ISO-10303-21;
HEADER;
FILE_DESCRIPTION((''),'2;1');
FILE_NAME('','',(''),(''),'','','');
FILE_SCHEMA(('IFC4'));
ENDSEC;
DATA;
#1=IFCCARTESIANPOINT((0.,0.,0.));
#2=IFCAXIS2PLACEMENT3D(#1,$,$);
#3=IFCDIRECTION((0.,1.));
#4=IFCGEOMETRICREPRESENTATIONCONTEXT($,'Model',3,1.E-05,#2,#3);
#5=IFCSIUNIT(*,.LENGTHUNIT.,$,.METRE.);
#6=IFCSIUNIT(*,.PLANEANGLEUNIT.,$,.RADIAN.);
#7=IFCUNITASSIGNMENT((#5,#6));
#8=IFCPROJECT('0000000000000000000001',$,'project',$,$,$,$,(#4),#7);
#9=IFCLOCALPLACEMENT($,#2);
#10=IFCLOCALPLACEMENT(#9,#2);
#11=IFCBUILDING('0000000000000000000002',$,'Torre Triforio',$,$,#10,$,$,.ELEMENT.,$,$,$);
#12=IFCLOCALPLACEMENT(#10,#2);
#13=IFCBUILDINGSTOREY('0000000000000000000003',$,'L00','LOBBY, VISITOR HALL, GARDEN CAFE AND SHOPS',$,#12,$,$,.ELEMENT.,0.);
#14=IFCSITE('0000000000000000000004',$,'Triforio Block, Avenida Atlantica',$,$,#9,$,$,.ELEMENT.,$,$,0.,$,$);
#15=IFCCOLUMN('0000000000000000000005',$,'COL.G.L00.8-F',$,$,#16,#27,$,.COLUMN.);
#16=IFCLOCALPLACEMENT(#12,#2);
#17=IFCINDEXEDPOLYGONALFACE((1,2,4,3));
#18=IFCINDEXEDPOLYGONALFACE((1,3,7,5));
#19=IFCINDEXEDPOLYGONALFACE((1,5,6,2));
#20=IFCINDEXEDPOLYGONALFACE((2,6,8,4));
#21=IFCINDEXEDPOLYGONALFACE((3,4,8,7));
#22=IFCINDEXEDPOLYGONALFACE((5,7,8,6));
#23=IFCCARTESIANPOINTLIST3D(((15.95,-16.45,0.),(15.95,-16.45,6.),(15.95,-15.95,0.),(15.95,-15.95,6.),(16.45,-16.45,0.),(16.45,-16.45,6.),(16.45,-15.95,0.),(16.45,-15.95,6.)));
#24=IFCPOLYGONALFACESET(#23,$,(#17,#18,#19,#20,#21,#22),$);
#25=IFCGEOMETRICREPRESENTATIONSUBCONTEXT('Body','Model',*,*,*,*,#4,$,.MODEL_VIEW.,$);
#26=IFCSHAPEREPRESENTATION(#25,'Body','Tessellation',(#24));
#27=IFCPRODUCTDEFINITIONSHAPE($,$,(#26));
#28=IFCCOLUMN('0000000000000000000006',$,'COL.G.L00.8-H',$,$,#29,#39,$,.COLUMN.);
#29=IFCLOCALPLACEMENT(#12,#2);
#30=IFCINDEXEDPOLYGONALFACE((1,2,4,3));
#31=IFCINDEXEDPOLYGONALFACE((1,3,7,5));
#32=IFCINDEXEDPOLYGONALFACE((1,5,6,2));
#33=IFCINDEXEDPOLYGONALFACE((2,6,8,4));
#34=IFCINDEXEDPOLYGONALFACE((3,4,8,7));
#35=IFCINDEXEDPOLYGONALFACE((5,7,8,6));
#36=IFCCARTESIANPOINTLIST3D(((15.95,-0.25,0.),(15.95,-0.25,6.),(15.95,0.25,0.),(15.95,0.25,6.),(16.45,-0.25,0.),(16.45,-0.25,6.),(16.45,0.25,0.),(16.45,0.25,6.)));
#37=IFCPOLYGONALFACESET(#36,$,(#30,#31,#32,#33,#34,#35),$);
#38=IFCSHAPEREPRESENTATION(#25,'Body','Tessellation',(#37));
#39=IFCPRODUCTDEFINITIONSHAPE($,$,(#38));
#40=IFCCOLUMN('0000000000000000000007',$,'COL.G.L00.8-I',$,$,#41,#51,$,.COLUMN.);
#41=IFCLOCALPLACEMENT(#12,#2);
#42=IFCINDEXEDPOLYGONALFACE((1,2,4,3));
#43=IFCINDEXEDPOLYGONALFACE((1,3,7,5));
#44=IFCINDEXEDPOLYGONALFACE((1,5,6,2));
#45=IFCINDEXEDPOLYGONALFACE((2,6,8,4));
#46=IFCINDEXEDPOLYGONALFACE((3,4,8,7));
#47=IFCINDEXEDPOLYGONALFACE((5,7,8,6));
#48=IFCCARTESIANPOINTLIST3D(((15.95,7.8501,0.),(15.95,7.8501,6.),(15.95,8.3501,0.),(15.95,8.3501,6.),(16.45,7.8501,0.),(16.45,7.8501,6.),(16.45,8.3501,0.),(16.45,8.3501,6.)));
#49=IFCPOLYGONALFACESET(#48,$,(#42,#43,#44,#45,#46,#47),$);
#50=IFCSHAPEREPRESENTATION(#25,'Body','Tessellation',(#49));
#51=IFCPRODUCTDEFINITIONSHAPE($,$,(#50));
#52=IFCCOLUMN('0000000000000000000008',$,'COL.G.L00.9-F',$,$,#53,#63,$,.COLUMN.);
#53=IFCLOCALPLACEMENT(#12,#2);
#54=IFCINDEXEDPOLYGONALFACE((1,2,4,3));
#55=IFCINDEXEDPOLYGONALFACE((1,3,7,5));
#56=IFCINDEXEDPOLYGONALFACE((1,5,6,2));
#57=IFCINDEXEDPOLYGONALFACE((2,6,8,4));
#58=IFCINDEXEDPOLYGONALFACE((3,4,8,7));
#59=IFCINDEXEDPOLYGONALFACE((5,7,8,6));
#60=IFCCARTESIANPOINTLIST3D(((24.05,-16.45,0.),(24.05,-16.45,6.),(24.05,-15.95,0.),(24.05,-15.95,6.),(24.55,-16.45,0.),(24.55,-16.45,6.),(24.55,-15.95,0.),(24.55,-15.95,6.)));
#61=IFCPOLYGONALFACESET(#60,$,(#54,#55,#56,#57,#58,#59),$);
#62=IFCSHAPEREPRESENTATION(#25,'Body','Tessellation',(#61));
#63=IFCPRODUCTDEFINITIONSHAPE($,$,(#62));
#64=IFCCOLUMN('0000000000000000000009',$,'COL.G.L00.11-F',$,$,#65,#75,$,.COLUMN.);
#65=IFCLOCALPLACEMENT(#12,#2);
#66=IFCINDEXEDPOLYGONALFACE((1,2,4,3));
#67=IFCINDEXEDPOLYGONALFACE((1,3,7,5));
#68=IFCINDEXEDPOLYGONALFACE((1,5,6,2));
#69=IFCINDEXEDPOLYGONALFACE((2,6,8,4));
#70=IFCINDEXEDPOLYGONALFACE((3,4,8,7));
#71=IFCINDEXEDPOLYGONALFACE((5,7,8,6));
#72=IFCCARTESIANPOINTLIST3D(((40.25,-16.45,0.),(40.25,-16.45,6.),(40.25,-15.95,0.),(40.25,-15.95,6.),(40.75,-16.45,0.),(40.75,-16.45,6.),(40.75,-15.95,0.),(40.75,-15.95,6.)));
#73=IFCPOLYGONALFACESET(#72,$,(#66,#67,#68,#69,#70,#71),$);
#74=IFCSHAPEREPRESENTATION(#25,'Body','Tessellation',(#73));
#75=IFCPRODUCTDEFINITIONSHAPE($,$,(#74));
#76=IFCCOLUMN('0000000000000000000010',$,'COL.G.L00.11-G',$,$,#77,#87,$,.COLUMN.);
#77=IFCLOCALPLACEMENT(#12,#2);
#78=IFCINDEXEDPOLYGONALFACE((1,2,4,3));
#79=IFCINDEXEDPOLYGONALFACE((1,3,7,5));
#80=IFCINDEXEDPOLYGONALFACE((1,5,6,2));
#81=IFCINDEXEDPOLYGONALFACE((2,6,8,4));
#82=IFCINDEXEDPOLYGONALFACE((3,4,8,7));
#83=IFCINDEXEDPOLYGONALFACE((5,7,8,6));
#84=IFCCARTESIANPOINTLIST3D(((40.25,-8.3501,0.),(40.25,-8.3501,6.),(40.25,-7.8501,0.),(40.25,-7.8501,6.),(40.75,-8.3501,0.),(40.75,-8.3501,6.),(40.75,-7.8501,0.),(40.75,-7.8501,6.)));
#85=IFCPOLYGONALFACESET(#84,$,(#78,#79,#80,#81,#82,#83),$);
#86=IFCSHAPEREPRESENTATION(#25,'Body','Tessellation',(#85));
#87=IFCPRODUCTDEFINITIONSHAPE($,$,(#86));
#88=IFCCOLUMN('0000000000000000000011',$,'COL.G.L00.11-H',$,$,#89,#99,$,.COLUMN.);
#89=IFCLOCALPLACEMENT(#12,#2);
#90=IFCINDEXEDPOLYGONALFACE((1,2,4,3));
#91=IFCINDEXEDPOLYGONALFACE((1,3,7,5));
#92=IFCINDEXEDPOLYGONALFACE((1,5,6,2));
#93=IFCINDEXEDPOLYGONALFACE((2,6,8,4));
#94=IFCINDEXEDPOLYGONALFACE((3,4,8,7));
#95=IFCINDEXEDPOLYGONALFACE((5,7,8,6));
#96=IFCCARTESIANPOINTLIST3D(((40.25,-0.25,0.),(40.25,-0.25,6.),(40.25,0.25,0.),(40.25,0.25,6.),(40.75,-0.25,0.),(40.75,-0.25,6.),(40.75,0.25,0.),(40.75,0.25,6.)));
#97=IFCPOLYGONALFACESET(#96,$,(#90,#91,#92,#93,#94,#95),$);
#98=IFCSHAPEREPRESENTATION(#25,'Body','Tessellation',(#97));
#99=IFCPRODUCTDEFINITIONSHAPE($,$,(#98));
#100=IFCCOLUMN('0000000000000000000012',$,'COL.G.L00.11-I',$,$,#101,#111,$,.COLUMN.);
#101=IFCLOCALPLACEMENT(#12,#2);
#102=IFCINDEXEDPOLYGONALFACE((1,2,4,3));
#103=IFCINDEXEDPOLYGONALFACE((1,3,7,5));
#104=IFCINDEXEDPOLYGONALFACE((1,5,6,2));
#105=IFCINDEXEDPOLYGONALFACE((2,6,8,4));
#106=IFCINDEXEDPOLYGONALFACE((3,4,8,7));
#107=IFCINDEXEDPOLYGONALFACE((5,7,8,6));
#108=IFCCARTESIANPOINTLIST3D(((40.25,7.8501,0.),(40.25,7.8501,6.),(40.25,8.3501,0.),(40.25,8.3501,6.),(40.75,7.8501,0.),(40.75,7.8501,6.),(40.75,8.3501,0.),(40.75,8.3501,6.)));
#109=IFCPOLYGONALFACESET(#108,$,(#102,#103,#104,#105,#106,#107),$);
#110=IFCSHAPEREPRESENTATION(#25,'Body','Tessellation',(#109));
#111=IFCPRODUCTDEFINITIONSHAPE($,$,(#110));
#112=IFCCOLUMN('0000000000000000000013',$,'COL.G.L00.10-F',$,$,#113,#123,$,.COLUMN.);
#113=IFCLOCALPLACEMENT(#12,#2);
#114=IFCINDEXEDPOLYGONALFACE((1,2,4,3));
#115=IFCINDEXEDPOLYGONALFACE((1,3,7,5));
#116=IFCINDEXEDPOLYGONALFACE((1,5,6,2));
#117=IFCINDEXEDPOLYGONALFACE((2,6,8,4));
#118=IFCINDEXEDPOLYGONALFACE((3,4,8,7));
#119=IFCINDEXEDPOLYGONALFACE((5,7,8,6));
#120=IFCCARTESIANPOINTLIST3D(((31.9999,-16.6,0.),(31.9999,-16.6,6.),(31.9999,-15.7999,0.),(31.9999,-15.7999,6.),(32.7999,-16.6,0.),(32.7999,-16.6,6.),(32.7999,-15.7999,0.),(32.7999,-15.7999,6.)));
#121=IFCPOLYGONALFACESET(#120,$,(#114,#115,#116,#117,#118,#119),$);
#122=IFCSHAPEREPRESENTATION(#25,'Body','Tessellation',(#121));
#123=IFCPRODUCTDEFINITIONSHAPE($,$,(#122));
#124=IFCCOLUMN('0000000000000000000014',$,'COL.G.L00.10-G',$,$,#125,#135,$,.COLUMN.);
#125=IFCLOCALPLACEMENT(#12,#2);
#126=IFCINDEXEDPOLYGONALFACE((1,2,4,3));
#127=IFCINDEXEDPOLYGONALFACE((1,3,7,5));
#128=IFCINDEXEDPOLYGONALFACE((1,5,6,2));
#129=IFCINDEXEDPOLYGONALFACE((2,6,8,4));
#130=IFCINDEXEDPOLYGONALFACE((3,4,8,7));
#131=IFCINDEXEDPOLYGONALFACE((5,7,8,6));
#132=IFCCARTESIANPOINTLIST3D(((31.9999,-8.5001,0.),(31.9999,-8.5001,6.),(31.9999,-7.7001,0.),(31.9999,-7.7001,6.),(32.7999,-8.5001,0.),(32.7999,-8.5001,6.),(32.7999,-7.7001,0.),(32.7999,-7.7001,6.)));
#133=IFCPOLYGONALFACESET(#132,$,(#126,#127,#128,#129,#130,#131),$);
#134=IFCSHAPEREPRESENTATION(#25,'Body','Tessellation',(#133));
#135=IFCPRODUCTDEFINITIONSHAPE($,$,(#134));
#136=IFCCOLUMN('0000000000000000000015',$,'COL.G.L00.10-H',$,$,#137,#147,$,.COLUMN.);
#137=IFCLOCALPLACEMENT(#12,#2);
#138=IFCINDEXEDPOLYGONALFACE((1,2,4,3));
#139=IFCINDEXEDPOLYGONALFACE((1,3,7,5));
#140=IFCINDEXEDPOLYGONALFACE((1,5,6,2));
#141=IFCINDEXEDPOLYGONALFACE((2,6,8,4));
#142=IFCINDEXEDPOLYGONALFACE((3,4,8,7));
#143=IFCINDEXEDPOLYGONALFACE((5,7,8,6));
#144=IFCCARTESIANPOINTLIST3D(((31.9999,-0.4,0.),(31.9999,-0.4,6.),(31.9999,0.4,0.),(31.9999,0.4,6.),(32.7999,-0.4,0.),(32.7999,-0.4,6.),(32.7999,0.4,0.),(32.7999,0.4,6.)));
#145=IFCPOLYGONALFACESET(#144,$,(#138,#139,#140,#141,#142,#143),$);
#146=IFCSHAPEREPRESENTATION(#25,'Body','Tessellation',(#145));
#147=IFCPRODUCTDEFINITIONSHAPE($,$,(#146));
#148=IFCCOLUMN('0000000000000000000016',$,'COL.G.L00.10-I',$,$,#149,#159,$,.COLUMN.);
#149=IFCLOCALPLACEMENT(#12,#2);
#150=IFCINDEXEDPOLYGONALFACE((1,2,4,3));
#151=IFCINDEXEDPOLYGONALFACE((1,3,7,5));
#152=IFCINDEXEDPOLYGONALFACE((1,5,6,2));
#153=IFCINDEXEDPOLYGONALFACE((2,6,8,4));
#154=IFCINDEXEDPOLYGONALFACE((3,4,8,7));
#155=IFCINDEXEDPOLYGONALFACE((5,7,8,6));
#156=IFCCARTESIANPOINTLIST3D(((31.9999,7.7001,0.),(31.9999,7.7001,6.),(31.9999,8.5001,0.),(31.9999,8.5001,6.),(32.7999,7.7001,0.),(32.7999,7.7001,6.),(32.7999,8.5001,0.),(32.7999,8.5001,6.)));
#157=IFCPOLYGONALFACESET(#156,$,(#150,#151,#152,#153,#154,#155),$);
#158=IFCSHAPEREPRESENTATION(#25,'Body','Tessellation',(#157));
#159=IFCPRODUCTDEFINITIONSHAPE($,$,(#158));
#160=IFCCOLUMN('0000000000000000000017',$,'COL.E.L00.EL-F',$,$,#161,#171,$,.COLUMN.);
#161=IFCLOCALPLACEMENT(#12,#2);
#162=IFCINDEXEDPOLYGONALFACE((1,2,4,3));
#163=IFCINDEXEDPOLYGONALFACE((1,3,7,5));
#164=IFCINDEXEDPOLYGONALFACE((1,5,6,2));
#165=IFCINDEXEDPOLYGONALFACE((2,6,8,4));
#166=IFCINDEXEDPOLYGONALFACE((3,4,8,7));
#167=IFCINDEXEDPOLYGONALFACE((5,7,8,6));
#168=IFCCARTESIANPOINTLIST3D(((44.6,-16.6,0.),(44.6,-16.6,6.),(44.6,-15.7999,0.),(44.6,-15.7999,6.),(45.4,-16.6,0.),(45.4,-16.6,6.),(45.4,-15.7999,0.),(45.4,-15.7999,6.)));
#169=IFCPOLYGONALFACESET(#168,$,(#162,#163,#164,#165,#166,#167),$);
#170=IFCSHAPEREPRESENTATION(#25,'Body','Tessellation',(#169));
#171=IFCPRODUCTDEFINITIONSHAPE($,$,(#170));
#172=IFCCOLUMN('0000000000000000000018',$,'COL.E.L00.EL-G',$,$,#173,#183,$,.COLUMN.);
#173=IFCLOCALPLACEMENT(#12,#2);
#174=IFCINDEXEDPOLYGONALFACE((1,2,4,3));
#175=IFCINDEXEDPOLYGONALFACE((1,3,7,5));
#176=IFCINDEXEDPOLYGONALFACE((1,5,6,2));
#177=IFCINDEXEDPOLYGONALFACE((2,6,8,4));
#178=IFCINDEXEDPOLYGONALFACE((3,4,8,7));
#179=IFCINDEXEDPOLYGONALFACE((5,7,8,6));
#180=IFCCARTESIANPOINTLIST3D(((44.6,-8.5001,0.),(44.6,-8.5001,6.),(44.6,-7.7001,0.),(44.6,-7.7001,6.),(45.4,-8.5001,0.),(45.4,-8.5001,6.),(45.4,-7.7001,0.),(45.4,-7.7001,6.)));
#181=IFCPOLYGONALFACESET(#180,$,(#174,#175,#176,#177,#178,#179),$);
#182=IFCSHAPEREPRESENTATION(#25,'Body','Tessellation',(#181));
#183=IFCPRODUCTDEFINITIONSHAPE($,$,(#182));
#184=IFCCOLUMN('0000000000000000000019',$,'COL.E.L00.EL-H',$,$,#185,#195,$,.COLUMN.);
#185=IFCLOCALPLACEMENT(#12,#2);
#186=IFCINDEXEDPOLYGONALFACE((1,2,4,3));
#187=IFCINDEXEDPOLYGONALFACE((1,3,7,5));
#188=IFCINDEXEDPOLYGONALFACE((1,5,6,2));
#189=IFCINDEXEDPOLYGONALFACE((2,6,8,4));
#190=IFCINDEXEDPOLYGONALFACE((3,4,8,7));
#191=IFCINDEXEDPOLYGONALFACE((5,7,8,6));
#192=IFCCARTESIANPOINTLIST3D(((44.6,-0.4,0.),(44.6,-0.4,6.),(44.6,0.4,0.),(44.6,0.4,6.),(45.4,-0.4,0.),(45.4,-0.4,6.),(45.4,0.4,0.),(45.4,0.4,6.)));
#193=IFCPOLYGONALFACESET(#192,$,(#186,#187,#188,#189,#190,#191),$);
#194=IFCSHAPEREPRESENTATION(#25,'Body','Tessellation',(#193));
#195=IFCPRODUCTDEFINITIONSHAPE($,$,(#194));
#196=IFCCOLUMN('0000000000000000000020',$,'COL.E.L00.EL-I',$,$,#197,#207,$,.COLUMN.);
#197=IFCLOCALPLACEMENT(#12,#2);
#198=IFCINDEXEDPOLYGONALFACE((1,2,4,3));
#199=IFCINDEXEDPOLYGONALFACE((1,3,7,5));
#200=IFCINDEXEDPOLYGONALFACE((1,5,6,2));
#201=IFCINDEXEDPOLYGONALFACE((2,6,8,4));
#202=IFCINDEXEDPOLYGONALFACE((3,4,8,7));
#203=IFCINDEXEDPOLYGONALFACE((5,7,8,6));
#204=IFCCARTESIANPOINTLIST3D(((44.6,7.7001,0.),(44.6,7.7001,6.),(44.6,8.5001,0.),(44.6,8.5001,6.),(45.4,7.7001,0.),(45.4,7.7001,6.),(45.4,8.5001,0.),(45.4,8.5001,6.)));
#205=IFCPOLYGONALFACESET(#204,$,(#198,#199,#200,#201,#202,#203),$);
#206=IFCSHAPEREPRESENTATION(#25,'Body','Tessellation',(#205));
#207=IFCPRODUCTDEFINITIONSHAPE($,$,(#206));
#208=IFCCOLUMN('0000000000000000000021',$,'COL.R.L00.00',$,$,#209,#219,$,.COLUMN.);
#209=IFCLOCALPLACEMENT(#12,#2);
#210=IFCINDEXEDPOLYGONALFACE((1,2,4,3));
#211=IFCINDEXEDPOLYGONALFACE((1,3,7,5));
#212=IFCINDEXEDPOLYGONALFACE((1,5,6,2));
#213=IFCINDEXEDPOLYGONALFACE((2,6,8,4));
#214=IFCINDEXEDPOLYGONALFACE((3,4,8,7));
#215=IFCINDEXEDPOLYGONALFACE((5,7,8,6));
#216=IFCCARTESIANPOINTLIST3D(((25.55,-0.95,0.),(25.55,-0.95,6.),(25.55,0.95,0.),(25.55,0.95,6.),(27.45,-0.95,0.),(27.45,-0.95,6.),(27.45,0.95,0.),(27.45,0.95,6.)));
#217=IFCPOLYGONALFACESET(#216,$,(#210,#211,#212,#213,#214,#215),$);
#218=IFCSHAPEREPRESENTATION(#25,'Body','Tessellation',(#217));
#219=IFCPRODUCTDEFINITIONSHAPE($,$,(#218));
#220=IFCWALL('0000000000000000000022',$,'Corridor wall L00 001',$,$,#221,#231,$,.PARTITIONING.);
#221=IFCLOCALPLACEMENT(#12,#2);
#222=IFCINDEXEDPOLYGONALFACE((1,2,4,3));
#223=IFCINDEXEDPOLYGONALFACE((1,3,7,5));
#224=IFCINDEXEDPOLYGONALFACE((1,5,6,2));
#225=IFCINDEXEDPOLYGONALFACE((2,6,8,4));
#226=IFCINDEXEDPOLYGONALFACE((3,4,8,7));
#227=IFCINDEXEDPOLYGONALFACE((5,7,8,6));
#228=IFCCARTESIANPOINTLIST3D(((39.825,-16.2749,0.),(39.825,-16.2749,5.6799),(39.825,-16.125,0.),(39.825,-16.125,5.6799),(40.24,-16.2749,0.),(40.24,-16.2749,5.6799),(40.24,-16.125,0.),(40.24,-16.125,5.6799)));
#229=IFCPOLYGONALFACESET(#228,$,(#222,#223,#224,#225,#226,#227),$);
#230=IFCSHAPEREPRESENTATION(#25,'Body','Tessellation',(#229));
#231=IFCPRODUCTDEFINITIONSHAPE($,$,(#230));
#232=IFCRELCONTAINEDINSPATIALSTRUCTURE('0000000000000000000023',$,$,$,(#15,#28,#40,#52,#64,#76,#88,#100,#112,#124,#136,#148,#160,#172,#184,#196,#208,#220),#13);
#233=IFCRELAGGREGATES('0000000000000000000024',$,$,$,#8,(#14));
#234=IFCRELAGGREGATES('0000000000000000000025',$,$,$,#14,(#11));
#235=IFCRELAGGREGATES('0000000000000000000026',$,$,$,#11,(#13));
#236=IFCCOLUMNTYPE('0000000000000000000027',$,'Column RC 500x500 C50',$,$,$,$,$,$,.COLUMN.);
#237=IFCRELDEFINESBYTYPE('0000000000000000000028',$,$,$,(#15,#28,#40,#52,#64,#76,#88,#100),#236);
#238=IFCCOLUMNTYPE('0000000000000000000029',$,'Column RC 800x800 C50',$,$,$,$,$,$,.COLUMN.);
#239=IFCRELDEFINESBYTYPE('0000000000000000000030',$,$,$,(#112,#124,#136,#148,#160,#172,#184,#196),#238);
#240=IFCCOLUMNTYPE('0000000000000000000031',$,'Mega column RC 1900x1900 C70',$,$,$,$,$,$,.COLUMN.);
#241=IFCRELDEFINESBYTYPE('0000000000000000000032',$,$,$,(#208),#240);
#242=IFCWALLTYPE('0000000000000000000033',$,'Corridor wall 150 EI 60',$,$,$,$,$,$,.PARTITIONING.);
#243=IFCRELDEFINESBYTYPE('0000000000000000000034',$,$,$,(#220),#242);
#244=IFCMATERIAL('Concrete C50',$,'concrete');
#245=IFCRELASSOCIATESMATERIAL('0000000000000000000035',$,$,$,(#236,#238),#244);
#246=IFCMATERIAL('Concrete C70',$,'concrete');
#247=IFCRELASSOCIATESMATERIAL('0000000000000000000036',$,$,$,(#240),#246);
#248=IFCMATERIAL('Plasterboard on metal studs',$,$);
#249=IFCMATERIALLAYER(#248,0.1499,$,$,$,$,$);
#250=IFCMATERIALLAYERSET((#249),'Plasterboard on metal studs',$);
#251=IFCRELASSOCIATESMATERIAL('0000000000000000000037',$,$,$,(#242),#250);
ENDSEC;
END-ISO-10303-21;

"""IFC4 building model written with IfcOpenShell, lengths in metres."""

from ifc_helpers import new_model, si_unit, direction, frame, frame_2d, origin, origin_2d, place, context, subcontext, project, spatial, rectangle, extrude, material, layer, layer_set, material_profile, profile_set, type_object, element, save


model = new_model("IFC4")

# Units and contexts
model_context = context("Model", 3, precision=1e-05, world=origin(), true_north=direction((0.0, 1.0)))
body_context = subcontext(model_context, "Body", "Model", "MODEL_VIEW")
ifc_project = project(units=[si_unit("LENGTHUNIT", "METRE"), si_unit("PLANEANGLEUNIT", "RADIAN")], contexts=[model_context])

# Site, building, storey
site_placement = place(None, origin())
site = spatial("IfcSite", under=ifc_project, at=site_placement, Name="Triforio Block, Avenida Atlantica", CompositionType="ELEMENT", RefElevation=0.0)
building_placement = place(site_placement, origin())
building = spatial("IfcBuilding", under=site, at=building_placement, Name="Torre Triforio", CompositionType="ELEMENT")
storey_placement = place(building_placement, origin())
storey = spatial("IfcBuildingStorey", under=building, at=storey_placement, Name="L00", Description="LOBBY, VISITOR HALL, GARDEN CAFE AND SHOPS", CompositionType="ELEMENT", Elevation=0.0)

# Columns
ifc_material_1 = material(Name="Concrete C50", Category="concrete")
ifc_material_profile_1 = material_profile(ifc_material_1, rectangle(XDim=0.5, YDim=0.5, at=origin_2d()), Name="RC 500x500")
ifc_profile_set_1 = profile_set([ifc_material_profile_1], Name="Concrete C50")
column_type_1 = type_object("IfcColumnType", Name="Column RC 500x500 C50", PredefinedType="COLUMN", material=ifc_profile_set_1)
for number, where, z_axis, x_axis, name in (
    (1, (16.2, -16.2, 0.0), (0.0, 0.0, 1.0), (1.0, 0.0, 0.0), "COL.G.L00.8-F"),
    (2, (16.2, 0.0, 0.0), (0.0, 0.0, 1.0), (1.0, 0.0, 0.0), "COL.G.L00.8-H"),
    (3, (16.2, 8.1001, 0.0), (0.0, 0.0, 1.0), (1.0, 0.0, 0.0), "COL.G.L00.8-I"),
    (4, (24.3, -16.2, 0.0), (0.0, 0.0, 1.0), (1.0, 0.0, 0.0), "COL.G.L00.9-F"),
    (5, (40.5, -16.2, 0.0), (0.0, 0.0, 1.0), (1.0, 0.0, 0.0), "COL.G.L00.11-F"),
    (6, (40.5, -8.1001, 0.0), (0.0, 0.0, 1.0), (1.0, 0.0, 0.0), "COL.G.L00.11-G"),
    (7, (40.5, 0.0, 0.0), (0.0, 0.0, 1.0), (1.0, 0.0, 0.0), "COL.G.L00.11-H"),
    (8, (40.5, 8.1001, 0.0), (0.0, 0.0, 1.0), (1.0, 0.0, 0.0), "COL.G.L00.11-I"),
):
    element("IfcColumn", number, at=place(storey_placement, frame(where, z_axis=z_axis, x_axis=x_axis)), inside=storey, type_object=column_type_1, Name=name, PredefinedType="COLUMN", context=body_context, shape_type="SweptSolid", body=[
        extrude(rectangle(XDim=0.5, YDim=0.5, at=origin_2d()), origin(), (0.0, 0.0, 1.0), 6.0),
    ])
ifc_material_profile_2 = material_profile(ifc_material_1, rectangle(XDim=0.8, YDim=0.8, at=origin_2d()), Name="RC 800x800")
ifc_profile_set_2 = profile_set([ifc_material_profile_2], Name="Concrete C50")
column_type_2 = type_object("IfcColumnType", Name="Column RC 800x800 C50", PredefinedType="COLUMN", material=ifc_profile_set_2)
for number, where, z_axis, x_axis, name in (
    (9, (32.3999, -16.2, 0.0), (0.0, 0.0, 1.0), (1.0, 0.0, 0.0), "COL.G.L00.10-F"),
    (10, (32.3999, -8.1001, 0.0), (0.0, 0.0, 1.0), (1.0, 0.0, 0.0), "COL.G.L00.10-G"),
    (11, (32.3999, 0.0, 0.0), (0.0, 0.0, 1.0), (1.0, 0.0, 0.0), "COL.G.L00.10-H"),
    (12, (32.3999, 8.1001, 0.0), (0.0, 0.0, 1.0), (1.0, 0.0, 0.0), "COL.G.L00.10-I"),
    (13, (45.0, -16.2, 0.0), (0.0, 0.0, 1.0), (1.0, 0.0, 0.0), "COL.E.L00.EL-F"),
    (14, (45.0, -8.1001, 0.0), (0.0, 0.0, 1.0), (1.0, 0.0, 0.0), "COL.E.L00.EL-G"),
    (15, (45.0, 0.0, 0.0), (0.0, 0.0, 1.0), (1.0, 0.0, 0.0), "COL.E.L00.EL-H"),
    (16, (45.0, 8.1001, 0.0), (0.0, 0.0, 1.0), (1.0, 0.0, 0.0), "COL.E.L00.EL-I"),
):
    element("IfcColumn", number, at=place(storey_placement, frame(where, z_axis=z_axis, x_axis=x_axis)), inside=storey, type_object=column_type_2, Name=name, PredefinedType="COLUMN", context=body_context, shape_type="SweptSolid", body=[
        extrude(rectangle(XDim=0.8, YDim=0.8, at=origin_2d()), origin(), (0.0, 0.0, 1.0), 6.0),
    ])
ifc_material_2 = material(Name="Concrete C70", Category="concrete")
ifc_material_profile_3 = material_profile(ifc_material_2, rectangle(XDim=1.8999, YDim=1.8999, at=origin_2d()), Name="RC 1900x1900")
ifc_profile_set_3 = profile_set([ifc_material_profile_3], Name="Concrete C70")
column_type_3 = type_object("IfcColumnType", Name="Mega column RC 1900x1900 C70", PredefinedType="COLUMN", material=ifc_profile_set_3)
column_placement = place(storey_placement, frame((26.5, 0.0, 0.0), z_axis=(0.0, 0.0, 1.0), x_axis=(0.0, 1.0, 0.0)))
element("IfcColumn", 17, at=column_placement, inside=storey, type_object=column_type_3, Name="COL.R.L00.00", PredefinedType="COLUMN", context=body_context, shape_type="SweptSolid", body=[
    extrude(rectangle(XDim=1.8999, YDim=1.8999, at=origin_2d()), origin(), (0.0, 0.0, 1.0), 6.0),
])

# Wall
ifc_material_3 = material(Name="Plasterboard on metal studs")
ifc_layer_1 = layer(ifc_material_3, 0.1499)
ifc_layer_set_1 = layer_set([ifc_layer_1], Name="Plasterboard on metal studs")
wall_type_1 = type_object("IfcWallType", Name="Corridor wall 150 EI 60", PredefinedType="PARTITIONING", material=ifc_layer_set_1)
for number, where, z_axis, x_axis, name in (
    (18, (39.825, -16.2, 0.0), (0.0, 0.0, 1.0), (1.0, 0.0, 0.0), "Corridor wall L00 001"),
):
    element("IfcWall", number, at=place(storey_placement, frame(where, z_axis=z_axis, x_axis=x_axis)), inside=storey, type_object=wall_type_1, Name=name, PredefinedType="PARTITIONING", context=body_context, shape_type="SweptSolid", body=[
        extrude(rectangle(XDim=0.415, YDim=0.1499, at=frame_2d((0.2075, 0.0))), origin(), (0.0, 0.0, 1.0), 5.6799),
    ])

save(model, "model.ifc")
